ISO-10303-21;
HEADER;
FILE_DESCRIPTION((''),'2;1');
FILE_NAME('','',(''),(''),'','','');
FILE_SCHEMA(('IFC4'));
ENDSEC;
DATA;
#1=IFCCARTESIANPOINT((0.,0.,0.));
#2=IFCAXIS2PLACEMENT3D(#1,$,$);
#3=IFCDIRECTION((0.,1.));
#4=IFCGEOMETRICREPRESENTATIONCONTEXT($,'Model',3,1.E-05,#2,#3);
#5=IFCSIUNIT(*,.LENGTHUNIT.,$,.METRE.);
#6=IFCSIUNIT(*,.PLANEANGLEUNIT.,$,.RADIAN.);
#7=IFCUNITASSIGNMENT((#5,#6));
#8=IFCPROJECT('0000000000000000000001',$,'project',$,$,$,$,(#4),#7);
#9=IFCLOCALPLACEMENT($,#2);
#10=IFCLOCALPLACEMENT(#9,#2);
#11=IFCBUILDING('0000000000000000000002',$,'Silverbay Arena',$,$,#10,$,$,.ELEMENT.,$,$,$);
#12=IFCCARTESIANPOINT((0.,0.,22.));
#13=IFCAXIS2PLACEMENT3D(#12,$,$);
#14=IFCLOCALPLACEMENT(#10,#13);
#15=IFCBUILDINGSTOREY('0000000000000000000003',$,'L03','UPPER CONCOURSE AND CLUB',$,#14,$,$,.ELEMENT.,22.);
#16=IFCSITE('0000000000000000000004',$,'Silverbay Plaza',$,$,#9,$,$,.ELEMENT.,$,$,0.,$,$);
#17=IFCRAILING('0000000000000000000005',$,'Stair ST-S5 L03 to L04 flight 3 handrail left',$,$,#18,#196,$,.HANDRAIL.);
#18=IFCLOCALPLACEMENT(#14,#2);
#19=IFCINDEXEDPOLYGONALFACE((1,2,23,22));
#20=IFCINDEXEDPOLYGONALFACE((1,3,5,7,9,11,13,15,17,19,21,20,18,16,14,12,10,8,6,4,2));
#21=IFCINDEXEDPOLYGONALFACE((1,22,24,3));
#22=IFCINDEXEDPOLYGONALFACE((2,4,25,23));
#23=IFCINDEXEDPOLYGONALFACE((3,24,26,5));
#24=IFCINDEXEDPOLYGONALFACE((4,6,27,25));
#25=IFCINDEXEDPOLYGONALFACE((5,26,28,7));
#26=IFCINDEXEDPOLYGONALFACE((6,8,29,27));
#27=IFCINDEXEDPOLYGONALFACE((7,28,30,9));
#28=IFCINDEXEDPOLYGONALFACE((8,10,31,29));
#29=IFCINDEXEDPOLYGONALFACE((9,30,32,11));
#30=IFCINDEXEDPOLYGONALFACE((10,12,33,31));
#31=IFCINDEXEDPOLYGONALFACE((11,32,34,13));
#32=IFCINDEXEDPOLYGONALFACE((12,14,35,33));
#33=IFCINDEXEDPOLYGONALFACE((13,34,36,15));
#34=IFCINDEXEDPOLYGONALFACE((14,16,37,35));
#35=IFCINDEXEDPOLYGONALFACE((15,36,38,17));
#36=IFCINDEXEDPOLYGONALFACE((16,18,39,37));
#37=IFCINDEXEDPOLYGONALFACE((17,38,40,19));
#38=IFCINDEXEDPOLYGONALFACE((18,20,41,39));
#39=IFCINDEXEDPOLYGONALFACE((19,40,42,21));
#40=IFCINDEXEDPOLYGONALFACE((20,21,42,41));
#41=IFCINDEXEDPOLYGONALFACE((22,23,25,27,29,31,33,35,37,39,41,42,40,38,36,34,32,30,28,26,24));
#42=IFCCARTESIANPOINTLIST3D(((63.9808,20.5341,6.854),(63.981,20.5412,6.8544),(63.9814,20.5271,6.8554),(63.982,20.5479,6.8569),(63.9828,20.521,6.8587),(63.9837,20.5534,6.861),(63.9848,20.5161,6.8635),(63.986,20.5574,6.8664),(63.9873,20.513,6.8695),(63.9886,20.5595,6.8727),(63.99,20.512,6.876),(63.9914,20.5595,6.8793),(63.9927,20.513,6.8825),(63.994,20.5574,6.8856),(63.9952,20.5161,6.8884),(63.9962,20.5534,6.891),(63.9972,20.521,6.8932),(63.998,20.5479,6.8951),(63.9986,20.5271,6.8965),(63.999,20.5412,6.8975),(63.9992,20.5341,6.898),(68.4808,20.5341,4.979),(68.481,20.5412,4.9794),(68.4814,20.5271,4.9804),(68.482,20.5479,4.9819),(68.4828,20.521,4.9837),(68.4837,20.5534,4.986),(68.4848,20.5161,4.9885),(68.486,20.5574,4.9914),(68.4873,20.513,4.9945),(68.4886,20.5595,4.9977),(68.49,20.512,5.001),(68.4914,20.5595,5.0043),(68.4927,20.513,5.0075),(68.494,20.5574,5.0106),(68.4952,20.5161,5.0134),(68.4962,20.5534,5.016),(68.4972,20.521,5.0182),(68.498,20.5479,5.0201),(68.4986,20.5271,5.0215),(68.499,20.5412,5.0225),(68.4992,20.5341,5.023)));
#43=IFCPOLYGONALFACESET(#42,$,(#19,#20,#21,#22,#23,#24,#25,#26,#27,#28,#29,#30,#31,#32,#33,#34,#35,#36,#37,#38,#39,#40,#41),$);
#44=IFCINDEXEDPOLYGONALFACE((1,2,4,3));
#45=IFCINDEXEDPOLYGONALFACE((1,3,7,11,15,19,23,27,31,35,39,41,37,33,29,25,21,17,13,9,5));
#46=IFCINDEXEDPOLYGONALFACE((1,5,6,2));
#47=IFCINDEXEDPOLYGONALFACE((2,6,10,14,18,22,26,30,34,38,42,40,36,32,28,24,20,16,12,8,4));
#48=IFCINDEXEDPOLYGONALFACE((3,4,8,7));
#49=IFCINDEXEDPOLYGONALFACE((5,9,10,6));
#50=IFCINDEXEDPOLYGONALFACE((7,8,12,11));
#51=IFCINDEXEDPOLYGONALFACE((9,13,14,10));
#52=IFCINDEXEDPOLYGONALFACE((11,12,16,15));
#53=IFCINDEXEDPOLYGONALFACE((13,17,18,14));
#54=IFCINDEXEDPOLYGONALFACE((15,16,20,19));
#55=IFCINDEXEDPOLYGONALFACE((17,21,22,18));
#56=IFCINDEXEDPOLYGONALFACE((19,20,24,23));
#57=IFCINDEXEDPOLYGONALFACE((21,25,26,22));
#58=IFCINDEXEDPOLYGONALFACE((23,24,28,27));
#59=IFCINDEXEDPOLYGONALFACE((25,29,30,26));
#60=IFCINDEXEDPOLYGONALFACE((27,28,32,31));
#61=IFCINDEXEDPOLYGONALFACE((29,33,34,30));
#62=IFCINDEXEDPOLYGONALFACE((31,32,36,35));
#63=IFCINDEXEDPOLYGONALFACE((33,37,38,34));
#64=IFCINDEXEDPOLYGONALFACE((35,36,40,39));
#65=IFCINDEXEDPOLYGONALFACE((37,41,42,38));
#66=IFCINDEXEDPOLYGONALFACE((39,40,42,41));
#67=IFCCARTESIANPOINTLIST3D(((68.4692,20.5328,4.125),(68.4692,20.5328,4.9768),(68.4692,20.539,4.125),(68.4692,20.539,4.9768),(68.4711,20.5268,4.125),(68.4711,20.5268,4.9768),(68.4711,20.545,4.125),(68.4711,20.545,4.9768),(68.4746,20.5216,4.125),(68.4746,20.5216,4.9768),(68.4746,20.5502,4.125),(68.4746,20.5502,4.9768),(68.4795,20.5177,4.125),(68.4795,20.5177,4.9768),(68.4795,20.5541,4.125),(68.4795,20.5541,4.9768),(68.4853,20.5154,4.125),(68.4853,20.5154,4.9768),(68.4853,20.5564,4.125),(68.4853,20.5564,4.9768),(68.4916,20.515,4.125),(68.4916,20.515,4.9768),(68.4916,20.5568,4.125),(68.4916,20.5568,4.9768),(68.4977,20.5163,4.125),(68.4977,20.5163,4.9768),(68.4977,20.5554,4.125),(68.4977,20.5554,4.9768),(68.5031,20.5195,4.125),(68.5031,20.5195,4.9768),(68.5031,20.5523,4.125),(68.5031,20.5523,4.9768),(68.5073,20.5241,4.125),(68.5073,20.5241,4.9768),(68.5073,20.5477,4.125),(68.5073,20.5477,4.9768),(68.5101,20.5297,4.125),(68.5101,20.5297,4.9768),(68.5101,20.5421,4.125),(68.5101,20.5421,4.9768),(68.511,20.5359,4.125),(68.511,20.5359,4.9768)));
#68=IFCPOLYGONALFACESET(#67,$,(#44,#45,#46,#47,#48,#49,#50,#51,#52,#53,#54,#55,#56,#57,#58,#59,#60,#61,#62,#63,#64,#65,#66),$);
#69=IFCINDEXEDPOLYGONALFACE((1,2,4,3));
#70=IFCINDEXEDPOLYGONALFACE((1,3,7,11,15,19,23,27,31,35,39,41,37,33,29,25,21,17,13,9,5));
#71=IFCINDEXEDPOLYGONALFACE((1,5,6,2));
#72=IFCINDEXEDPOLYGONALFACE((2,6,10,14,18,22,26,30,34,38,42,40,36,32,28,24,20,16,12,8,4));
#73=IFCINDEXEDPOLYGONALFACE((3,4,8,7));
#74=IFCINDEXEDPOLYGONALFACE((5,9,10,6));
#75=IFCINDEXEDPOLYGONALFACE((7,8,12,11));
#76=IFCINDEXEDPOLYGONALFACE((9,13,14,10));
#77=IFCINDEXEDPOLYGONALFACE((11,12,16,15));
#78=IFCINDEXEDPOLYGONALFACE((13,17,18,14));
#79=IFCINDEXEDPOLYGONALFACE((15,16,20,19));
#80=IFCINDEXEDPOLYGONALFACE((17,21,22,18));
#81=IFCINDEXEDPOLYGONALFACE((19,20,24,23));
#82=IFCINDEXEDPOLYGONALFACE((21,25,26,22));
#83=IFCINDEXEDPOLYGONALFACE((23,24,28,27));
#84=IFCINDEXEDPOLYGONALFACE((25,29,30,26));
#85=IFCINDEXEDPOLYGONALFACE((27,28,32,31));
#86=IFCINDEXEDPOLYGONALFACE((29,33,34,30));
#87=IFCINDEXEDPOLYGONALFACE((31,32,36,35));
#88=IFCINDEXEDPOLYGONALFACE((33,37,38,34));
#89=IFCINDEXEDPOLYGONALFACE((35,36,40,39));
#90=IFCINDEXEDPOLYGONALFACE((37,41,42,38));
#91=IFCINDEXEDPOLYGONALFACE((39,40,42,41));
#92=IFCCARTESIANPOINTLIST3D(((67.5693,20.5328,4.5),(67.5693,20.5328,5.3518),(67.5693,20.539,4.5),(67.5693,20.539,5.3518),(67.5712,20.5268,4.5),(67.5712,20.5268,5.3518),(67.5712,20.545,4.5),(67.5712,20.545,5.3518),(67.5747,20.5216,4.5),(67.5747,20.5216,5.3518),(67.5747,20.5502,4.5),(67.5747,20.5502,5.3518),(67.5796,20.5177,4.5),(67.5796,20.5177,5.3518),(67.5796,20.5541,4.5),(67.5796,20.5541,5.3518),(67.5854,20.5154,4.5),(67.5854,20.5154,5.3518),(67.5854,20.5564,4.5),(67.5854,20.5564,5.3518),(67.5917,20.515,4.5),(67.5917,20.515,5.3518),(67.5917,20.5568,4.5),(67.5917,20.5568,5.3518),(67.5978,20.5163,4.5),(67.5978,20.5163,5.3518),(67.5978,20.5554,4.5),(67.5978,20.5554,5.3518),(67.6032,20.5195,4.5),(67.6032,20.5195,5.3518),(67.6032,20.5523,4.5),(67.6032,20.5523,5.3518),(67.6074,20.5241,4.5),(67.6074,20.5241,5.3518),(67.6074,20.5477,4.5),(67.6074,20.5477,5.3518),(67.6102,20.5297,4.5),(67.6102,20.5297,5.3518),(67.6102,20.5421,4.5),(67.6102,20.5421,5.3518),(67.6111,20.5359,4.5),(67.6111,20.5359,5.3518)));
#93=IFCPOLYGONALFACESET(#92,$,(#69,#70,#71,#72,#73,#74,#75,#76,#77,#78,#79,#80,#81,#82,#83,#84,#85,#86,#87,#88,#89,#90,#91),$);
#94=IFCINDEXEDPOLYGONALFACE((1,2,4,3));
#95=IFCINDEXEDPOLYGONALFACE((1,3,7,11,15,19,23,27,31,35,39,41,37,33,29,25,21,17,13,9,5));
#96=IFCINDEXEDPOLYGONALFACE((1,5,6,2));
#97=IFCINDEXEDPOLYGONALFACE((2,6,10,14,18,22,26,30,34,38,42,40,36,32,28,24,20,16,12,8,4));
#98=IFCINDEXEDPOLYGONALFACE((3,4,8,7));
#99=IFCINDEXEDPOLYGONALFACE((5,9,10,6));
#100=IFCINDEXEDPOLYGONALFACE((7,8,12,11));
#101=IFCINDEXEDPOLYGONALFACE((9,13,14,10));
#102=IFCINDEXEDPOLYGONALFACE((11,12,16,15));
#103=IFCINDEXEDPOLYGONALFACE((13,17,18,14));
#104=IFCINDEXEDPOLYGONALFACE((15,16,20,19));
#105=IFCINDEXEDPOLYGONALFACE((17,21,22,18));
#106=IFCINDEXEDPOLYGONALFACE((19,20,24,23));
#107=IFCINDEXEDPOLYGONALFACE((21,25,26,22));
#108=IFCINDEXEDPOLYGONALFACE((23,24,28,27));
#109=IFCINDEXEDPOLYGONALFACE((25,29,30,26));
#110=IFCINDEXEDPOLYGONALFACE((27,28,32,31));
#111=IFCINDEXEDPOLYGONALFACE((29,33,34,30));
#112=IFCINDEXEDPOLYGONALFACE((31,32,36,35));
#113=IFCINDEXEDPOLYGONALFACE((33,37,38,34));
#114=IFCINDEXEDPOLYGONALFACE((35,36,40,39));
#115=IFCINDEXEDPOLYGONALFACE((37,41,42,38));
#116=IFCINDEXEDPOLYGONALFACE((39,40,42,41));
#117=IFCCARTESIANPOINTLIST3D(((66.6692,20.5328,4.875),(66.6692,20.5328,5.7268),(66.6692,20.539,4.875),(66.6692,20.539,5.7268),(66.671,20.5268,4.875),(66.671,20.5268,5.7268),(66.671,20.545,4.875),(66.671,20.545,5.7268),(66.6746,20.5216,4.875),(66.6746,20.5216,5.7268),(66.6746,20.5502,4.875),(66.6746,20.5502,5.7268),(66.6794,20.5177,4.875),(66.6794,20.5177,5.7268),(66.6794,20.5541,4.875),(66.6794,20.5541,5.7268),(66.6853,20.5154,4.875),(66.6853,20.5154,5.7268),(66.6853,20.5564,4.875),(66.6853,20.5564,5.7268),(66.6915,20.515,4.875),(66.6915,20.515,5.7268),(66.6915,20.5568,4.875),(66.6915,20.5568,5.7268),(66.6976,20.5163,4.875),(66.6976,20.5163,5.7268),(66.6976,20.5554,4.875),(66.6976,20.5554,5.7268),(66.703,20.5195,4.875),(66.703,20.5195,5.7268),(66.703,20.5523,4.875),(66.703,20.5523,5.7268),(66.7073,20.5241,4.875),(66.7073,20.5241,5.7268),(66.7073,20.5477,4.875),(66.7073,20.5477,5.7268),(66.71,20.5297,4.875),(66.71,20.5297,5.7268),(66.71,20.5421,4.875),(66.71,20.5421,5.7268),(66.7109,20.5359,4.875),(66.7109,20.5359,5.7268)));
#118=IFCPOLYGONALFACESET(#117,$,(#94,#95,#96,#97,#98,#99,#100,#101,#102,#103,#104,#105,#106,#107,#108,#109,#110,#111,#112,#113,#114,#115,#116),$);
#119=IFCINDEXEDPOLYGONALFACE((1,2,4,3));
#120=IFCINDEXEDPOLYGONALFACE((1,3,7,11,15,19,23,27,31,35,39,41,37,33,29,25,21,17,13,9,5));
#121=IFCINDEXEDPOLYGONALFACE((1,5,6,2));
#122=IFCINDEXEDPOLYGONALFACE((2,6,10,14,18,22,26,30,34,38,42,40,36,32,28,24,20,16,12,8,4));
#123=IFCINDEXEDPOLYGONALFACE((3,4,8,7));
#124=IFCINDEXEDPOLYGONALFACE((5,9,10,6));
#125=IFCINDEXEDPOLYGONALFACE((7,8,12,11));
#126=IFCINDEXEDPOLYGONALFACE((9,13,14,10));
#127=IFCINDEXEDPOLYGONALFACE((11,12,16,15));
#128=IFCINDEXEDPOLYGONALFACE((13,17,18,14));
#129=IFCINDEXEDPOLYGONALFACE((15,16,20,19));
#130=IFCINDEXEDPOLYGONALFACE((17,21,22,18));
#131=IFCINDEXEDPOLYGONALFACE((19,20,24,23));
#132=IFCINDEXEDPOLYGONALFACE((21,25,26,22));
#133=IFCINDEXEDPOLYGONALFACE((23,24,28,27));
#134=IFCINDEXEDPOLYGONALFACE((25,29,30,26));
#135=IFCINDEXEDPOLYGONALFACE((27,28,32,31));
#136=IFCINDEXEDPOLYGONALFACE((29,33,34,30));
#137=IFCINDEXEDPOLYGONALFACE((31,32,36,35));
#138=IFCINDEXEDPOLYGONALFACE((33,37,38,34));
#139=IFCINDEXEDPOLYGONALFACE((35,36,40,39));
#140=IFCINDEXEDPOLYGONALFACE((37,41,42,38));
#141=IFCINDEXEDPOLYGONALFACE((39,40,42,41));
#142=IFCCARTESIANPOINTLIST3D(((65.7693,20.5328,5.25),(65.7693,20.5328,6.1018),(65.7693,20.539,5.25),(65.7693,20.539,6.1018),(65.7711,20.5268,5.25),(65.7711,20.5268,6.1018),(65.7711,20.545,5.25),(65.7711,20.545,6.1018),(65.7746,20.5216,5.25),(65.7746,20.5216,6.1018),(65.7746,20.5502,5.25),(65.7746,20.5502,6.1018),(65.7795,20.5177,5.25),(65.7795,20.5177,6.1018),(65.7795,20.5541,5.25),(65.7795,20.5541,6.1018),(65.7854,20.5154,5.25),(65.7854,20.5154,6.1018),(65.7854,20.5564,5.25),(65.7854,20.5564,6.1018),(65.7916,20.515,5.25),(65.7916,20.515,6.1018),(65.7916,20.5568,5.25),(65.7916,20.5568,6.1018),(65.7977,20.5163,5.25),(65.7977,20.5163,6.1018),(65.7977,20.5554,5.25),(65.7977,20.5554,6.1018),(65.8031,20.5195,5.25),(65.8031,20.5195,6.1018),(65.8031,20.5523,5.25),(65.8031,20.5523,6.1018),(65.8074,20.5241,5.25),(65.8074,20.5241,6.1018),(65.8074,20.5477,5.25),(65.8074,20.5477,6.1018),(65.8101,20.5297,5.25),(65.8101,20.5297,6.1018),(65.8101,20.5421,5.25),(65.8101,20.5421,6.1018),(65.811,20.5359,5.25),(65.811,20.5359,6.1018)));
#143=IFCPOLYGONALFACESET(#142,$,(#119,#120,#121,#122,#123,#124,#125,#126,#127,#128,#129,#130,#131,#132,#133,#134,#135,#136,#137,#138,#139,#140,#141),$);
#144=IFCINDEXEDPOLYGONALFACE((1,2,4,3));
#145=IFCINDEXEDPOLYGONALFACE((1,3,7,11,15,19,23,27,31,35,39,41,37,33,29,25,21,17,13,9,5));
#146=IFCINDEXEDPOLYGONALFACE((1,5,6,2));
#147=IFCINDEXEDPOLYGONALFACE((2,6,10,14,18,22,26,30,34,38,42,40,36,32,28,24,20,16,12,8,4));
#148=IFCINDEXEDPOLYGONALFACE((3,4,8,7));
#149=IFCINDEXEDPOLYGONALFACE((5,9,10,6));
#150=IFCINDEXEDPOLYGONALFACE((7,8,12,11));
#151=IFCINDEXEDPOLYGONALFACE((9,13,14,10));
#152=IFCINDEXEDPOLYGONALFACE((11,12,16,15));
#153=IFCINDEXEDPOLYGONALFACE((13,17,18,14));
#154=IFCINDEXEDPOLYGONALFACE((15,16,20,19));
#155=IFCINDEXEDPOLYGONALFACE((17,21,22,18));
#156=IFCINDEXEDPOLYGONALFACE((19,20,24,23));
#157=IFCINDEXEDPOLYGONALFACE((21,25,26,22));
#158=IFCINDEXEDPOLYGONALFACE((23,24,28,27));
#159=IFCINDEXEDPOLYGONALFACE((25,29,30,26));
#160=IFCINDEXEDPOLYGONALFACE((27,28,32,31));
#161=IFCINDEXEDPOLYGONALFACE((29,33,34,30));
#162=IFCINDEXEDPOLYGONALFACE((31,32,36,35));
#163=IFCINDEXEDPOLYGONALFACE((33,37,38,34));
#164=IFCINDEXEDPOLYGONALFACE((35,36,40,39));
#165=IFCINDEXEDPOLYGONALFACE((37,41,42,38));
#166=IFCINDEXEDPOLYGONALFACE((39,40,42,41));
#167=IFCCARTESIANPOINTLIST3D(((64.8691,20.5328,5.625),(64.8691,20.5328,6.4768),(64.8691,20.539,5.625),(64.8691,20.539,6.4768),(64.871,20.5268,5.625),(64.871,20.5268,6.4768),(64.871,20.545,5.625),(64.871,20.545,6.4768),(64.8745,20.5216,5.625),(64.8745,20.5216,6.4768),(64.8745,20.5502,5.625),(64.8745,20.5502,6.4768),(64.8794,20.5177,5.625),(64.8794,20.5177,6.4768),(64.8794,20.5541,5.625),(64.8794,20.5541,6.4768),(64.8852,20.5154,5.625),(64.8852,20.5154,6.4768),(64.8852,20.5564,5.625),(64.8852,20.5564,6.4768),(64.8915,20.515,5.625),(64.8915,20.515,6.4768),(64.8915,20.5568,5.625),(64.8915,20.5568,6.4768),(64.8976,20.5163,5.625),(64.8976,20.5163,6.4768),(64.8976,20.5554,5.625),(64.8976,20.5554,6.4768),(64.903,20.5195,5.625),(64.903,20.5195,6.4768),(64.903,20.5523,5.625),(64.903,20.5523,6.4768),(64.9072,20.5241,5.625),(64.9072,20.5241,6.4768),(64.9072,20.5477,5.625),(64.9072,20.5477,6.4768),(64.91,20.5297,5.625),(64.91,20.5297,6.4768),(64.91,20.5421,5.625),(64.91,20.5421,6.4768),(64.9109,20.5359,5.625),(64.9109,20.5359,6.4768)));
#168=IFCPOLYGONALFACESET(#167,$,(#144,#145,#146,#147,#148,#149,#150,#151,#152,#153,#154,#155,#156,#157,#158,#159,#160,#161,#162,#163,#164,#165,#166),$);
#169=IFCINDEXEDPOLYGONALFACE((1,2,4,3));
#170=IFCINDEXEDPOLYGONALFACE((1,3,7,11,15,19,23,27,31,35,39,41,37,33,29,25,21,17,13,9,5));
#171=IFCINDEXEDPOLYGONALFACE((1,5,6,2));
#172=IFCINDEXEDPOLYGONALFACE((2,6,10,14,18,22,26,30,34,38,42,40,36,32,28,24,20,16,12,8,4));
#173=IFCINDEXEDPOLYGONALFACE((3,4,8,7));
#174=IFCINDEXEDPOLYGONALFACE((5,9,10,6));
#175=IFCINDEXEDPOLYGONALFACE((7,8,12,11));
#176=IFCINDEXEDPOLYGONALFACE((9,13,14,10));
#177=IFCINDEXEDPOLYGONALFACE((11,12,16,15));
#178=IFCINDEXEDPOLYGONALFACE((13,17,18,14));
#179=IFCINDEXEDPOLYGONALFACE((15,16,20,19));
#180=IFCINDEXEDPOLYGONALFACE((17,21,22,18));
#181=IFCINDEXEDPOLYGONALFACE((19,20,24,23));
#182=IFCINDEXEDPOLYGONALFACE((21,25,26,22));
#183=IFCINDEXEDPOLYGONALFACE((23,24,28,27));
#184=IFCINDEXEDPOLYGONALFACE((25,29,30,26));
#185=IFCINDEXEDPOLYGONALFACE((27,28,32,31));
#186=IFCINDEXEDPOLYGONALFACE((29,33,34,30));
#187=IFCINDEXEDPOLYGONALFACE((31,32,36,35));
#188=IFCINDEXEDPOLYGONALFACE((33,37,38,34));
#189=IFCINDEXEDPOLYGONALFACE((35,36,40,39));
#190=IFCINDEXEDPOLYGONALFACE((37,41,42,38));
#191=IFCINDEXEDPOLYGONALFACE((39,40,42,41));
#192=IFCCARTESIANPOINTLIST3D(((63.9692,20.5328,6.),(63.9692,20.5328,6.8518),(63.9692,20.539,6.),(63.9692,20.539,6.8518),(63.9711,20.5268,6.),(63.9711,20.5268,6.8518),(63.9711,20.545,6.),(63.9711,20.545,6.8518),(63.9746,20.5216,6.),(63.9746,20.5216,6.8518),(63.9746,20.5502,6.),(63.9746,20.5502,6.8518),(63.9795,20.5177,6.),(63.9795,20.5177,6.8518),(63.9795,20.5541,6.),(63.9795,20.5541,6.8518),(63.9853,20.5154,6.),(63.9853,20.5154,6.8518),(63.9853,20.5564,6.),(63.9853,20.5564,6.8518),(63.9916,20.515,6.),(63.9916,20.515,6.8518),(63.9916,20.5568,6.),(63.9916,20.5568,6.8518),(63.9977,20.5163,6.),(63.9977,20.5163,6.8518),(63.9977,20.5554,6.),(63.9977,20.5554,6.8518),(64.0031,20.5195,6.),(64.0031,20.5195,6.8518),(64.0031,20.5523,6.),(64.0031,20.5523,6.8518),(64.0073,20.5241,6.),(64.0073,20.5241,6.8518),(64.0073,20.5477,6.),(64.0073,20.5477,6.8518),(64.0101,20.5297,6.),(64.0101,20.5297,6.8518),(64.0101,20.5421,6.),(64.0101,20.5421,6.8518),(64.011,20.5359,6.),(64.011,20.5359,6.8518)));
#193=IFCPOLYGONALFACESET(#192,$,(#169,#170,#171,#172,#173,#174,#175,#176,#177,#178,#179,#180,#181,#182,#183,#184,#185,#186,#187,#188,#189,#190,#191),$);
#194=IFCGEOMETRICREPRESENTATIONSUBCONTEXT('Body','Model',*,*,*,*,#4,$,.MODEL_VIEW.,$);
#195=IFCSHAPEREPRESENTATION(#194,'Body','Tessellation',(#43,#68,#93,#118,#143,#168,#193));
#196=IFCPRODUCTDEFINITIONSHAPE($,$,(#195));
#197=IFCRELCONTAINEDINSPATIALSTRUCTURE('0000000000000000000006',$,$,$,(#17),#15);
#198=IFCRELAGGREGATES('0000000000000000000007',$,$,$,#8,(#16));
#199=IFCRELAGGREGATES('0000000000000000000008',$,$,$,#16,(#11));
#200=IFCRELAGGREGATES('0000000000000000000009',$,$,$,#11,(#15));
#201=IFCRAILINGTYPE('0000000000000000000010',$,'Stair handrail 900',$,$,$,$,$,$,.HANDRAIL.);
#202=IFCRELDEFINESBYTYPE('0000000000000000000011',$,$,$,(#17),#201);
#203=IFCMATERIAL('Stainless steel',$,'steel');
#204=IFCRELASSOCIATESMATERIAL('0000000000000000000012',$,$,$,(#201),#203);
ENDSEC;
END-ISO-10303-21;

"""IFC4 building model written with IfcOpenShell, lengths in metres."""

from ifc_helpers import new_model, si_unit, direction, frame, origin, origin_2d, place, context, subcontext, project, spatial, circle, extrude, material, type_object, element, save


model = new_model("IFC4")

# Units and contexts
model_context = context("Model", 3, precision=1e-05, world=origin(), true_north=direction((0.0, 1.0)))
body_context = subcontext(model_context, "Body", "Model", "MODEL_VIEW")
ifc_project = project(units=[si_unit("LENGTHUNIT", "METRE"), si_unit("PLANEANGLEUNIT", "RADIAN")], contexts=[model_context])

# Site, building, storey
site_placement = place(None, origin())
site = spatial("IfcSite", under=ifc_project, at=site_placement, Name="Silverbay Plaza", CompositionType="ELEMENT", RefElevation=0.0)
building_placement = place(site_placement, origin())
building = spatial("IfcBuilding", under=site, at=building_placement, Name="Silverbay Arena", CompositionType="ELEMENT")
storey_placement = place(building_placement, frame((0.0, 0.0, 22.0)))
storey = spatial("IfcBuildingStorey", under=building, at=storey_placement, Name="L03", Description="UPPER CONCOURSE AND CLUB", CompositionType="ELEMENT", Elevation=22.0)

# Railing
ifc_material_1 = material(Name="Stainless steel", Category="steel")
railing_type_1 = type_object("IfcRailingType", Name="Stair handrail 900", PredefinedType="HANDRAIL", material=ifc_material_1)
railing_1_placement = place(storey_placement, frame((68.49, 20.5359, 4.125)))
element("IfcRailing", 1, at=railing_1_placement, inside=storey, type_object=railing_type_1, Name="Stair ST-S5 L03 to L04 flight 3 handrail left", PredefinedType="HANDRAIL", context=body_context, shape_type="SweptSolid", body=[
    extrude(circle(Radius=0.0239, at=origin_2d()), frame((0.0, 0.0, 0.876), z_axis=(-0.923077, 0.0, 0.384615), x_axis=(0.0, -1.0, 0.0)), (0.0, 0.0, 1.0), 4.875),
    extrude(circle(Radius=0.021, at=origin_2d()), origin(), (0.0, 0.0, 1.0), 0.8518),
    extrude(circle(Radius=0.021, at=origin_2d()), frame((-0.8999, 0.0, 0.375)), (0.0, 0.0, 1.0), 0.8518),
    extrude(circle(Radius=0.021, at=origin_2d()), frame((-1.8, 0.0, 0.75)), (0.0, 0.0, 1.0), 0.8518),
    extrude(circle(Radius=0.021, at=origin_2d()), frame((-2.7, 0.0, 1.125)), (0.0, 0.0, 1.0), 0.8518),
    extrude(circle(Radius=0.021, at=origin_2d()), frame((-3.6001, 0.0, 1.5)), (0.0, 0.0, 1.0), 0.8518),
    extrude(circle(Radius=0.021, at=origin_2d()), frame((-4.5, 0.0, 1.875)), (0.0, 0.0, 1.0), 0.8518),
])

save(model, "model.ifc")
